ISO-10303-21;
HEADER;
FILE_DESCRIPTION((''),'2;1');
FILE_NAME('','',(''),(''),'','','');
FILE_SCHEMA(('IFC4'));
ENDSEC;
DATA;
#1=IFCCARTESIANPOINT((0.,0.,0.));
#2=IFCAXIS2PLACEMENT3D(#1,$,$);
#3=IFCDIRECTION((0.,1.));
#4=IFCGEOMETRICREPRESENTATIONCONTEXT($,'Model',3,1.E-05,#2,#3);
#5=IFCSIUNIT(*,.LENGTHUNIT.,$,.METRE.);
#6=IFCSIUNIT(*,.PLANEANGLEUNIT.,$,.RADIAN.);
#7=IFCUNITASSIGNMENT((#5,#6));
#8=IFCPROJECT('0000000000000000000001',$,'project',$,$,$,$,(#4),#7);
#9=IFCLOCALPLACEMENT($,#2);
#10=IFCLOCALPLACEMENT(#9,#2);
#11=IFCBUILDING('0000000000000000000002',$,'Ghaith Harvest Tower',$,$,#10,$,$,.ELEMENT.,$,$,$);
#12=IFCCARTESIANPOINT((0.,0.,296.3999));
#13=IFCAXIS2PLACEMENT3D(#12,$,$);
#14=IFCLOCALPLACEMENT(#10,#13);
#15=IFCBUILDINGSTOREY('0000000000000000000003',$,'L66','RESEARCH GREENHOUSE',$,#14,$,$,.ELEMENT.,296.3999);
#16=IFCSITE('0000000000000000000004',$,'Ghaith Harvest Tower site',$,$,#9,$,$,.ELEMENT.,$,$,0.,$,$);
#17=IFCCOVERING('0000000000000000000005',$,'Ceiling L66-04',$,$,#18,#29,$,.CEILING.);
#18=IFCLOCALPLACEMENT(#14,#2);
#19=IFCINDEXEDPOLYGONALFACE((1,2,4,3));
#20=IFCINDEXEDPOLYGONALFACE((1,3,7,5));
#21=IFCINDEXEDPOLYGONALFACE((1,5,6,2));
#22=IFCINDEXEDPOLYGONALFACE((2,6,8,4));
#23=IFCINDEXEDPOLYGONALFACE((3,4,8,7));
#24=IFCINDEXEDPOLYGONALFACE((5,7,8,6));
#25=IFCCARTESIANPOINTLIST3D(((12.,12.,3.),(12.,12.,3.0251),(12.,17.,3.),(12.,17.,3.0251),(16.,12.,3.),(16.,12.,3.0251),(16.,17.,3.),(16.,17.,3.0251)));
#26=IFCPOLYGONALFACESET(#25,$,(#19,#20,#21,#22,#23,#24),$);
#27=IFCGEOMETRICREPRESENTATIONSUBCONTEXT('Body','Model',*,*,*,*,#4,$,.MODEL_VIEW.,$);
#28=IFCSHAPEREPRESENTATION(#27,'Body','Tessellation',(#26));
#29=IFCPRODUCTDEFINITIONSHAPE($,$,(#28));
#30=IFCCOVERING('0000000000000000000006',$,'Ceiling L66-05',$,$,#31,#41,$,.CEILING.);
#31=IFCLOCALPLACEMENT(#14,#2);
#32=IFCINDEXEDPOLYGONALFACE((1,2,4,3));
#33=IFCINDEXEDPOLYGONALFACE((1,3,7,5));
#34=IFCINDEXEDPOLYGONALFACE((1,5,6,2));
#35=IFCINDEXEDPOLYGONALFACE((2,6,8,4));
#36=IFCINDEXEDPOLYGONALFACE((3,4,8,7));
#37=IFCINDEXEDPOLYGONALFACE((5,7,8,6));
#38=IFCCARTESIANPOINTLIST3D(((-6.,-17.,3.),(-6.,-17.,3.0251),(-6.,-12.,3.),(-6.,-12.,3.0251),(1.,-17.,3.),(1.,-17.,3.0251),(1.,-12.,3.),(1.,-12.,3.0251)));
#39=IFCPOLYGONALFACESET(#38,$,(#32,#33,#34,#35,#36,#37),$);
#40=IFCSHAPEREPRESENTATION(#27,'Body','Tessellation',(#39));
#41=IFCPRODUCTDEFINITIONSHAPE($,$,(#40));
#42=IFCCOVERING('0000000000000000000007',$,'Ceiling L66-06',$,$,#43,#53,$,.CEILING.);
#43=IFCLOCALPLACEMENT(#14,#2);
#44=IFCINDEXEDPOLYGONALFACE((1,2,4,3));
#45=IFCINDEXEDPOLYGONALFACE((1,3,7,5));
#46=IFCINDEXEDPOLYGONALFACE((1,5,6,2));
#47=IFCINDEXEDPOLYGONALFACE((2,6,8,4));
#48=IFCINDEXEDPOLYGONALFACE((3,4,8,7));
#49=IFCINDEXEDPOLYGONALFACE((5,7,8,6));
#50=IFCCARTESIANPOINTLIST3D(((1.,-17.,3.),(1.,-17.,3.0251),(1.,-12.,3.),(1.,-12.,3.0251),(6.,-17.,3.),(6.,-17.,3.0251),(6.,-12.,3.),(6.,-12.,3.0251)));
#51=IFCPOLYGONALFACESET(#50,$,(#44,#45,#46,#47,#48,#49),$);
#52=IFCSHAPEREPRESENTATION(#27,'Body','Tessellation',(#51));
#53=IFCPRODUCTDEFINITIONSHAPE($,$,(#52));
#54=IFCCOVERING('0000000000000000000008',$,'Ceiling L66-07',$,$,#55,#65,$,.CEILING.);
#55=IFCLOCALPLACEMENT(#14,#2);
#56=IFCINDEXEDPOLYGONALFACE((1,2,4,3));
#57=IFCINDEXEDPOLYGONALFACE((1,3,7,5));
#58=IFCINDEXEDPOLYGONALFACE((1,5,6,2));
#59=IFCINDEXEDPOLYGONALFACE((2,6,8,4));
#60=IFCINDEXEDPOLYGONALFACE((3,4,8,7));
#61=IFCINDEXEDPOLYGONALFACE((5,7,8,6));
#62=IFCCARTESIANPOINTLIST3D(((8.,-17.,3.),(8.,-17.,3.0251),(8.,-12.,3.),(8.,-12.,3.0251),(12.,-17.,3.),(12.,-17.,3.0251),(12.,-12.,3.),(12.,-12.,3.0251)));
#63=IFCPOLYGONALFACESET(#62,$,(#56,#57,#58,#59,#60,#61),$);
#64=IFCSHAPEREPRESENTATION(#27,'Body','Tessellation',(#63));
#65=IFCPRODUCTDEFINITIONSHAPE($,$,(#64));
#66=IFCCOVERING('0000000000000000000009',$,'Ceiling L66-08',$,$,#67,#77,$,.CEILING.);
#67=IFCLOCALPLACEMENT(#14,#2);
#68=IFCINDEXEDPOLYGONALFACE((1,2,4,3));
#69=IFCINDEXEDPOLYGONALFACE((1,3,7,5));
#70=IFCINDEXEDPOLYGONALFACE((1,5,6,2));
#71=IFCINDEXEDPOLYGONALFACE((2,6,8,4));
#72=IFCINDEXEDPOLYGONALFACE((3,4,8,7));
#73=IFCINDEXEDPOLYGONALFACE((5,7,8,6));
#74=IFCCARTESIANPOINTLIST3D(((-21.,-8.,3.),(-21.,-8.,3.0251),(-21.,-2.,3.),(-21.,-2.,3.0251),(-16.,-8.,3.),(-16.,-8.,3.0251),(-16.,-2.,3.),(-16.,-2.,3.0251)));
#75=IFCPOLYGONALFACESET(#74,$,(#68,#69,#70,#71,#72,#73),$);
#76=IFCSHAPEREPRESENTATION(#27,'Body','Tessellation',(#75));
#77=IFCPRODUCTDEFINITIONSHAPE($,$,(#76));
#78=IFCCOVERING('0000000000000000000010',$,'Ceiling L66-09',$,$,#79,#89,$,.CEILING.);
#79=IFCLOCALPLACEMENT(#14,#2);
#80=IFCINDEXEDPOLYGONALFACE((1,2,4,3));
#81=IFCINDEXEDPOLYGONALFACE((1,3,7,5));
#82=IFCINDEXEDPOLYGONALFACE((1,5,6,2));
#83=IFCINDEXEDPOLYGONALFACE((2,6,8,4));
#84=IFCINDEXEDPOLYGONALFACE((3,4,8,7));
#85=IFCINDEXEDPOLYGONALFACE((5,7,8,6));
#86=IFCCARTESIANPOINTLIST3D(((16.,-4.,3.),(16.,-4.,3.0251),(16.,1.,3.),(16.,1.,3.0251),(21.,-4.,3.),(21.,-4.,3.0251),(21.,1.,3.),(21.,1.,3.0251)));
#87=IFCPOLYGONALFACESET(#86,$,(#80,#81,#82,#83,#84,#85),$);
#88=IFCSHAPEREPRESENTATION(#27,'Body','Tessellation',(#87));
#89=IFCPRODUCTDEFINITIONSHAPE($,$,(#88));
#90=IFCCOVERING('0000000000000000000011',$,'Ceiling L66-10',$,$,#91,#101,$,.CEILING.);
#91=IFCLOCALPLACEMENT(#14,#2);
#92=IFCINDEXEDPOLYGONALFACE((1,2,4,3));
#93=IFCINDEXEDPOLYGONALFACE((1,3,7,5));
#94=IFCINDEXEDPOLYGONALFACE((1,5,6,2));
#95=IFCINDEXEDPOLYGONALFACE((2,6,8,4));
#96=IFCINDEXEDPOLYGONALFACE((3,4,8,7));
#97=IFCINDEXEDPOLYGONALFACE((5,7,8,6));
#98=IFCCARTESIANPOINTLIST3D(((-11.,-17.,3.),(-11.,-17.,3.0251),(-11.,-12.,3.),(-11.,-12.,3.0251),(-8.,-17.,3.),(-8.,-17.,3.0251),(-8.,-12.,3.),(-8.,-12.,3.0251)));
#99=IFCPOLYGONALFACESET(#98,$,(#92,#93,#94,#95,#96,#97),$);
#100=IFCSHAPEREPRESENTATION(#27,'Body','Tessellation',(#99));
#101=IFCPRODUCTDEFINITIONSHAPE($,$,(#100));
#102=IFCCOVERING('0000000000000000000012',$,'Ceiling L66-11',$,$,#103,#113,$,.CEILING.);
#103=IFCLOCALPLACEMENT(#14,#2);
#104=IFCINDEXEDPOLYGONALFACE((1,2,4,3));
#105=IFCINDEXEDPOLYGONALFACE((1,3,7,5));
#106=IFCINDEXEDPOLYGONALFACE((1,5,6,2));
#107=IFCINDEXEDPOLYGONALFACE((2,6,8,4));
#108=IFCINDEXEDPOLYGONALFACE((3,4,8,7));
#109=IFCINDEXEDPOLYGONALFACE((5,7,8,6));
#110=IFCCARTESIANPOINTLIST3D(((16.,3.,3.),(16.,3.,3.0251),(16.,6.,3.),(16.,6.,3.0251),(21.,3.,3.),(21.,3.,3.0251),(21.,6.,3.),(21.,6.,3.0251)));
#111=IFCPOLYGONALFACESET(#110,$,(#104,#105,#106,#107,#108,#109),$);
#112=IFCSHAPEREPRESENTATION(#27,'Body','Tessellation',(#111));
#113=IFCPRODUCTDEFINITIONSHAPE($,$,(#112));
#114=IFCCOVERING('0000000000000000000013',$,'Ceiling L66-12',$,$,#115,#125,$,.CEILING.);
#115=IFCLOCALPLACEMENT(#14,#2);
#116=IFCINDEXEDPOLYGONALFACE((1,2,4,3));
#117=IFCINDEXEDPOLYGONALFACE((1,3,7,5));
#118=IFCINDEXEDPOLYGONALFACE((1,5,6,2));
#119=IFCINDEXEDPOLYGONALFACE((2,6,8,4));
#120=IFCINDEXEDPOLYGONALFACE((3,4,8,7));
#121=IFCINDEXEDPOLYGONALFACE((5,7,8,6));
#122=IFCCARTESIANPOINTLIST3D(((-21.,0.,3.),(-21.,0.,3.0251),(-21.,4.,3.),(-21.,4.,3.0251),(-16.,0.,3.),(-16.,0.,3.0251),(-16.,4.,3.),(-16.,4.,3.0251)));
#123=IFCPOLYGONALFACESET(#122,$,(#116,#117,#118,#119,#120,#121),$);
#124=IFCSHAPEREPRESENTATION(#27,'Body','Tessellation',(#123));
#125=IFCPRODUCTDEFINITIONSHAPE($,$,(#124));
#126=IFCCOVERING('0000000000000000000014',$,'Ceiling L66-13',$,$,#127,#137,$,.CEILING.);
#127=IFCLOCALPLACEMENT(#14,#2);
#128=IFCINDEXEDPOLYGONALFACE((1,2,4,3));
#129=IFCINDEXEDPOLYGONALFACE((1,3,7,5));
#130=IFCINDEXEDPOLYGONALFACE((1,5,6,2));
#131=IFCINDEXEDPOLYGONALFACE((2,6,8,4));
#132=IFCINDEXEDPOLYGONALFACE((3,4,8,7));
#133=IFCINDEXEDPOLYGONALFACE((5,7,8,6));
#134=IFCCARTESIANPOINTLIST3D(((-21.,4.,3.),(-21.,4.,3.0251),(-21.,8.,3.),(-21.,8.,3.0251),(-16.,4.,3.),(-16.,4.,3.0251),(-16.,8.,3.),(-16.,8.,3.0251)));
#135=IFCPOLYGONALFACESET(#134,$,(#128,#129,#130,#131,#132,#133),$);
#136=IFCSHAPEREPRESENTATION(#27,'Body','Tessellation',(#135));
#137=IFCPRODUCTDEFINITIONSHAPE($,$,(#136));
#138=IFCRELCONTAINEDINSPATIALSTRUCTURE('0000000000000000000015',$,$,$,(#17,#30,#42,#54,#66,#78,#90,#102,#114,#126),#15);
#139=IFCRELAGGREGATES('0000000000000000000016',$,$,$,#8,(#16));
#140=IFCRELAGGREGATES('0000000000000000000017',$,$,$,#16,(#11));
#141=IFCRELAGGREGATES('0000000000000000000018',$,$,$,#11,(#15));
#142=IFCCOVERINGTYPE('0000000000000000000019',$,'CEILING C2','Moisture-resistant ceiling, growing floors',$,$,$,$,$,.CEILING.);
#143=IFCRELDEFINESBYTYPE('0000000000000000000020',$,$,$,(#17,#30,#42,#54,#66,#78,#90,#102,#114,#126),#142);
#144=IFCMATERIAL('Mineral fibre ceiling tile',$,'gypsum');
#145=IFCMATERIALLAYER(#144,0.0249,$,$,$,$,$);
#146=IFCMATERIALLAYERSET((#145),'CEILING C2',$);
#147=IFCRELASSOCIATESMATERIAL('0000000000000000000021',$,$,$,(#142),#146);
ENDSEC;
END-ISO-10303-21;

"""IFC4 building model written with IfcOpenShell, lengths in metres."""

from ifc_helpers import new_model, si_unit, direction, frame, origin, place, context, subcontext, project, spatial, polyline, outline, extrude, material, layer, layer_set, type_object, element, save


model = new_model("IFC4")

# Units and contexts
model_context = context("Model", 3, precision=1e-05, world=origin(), true_north=direction((0.0, 1.0)))
body_context = subcontext(model_context, "Body", "Model", "MODEL_VIEW")
ifc_project = project(units=[si_unit("LENGTHUNIT", "METRE"), si_unit("PLANEANGLEUNIT", "RADIAN")], contexts=[model_context])

# Site, building, storey
site_placement = place(None, origin())
site = spatial("IfcSite", under=ifc_project, at=site_placement, Name="Ghaith Harvest Tower site", CompositionType="ELEMENT", RefElevation=0.0)
building_placement = place(site_placement, origin())
building = spatial("IfcBuilding", under=site, at=building_placement, Name="Ghaith Harvest Tower", CompositionType="ELEMENT")
storey_placement = place(building_placement, frame((0.0, 0.0, 296.3999)))
storey = spatial("IfcBuildingStorey", under=building, at=storey_placement, Name="L66", Description="RESEARCH GREENHOUSE", CompositionType="ELEMENT", Elevation=296.3999)

# Coverings
ifc_material_1 = material(Name="Mineral fibre ceiling tile", Category="gypsum")
ifc_layer_1 = layer(ifc_material_1, 0.0249)
ifc_layer_set_1 = layer_set([ifc_layer_1], Name="CEILING C2")
covering_type = type_object("IfcCoveringType", Name="CEILING C2", Description="Moisture-resistant ceiling, growing floors", PredefinedType="CEILING", material=ifc_layer_set_1)
covering_1_placement = place(storey_placement, frame((0.0, 0.0, 3.0)))
element("IfcCovering", 1, at=covering_1_placement, inside=storey, type_object=covering_type, Name="Ceiling L66-04", PredefinedType="CEILING", context=body_context, shape_type="SweptSolid", body=[
    extrude(outline(polyline([(12.0, 12.0), (16.0, 12.0), (16.0, 17.0), (12.0, 17.0), (12.0, 12.0)])), origin(), (0.0, 0.0, 1.0), 0.0251),
])
covering_2_placement = place(storey_placement, frame((0.0, 0.0, 3.0)))
element("IfcCovering", 2, at=covering_2_placement, inside=storey, type_object=covering_type, Name="Ceiling L66-05", PredefinedType="CEILING", context=body_context, shape_type="SweptSolid", body=[
    extrude(outline(polyline([(-6.0, -17.0), (1.0, -17.0), (1.0, -12.0), (-6.0, -12.0), (-6.0, -17.0)])), origin(), (0.0, 0.0, 1.0), 0.0251),
])
covering_3_placement = place(storey_placement, frame((0.0, 0.0, 3.0)))
element("IfcCovering", 3, at=covering_3_placement, inside=storey, type_object=covering_type, Name="Ceiling L66-06", PredefinedType="CEILING", context=body_context, shape_type="SweptSolid", body=[
    extrude(outline(polyline([(1.0, -17.0), (6.0, -17.0), (6.0, -12.0), (1.0, -12.0), (1.0, -17.0)])), origin(), (0.0, 0.0, 1.0), 0.0251),
])
covering_4_placement = place(storey_placement, frame((0.0, 0.0, 3.0)))
element("IfcCovering", 4, at=covering_4_placement, inside=storey, type_object=covering_type, Name="Ceiling L66-07", PredefinedType="CEILING", context=body_context, shape_type="SweptSolid", body=[
    extrude(outline(polyline([(8.0, -17.0), (12.0, -17.0), (12.0, -12.0), (8.0, -12.0), (8.0, -17.0)])), origin(), (0.0, 0.0, 1.0), 0.0251),
])
covering_5_placement = place(storey_placement, frame((0.0, 0.0, 3.0)))
element("IfcCovering", 5, at=covering_5_placement, inside=storey, type_object=covering_type, Name="Ceiling L66-08", PredefinedType="CEILING", context=body_context, shape_type="SweptSolid", body=[
    extrude(outline(polyline([(-21.0, -8.0), (-16.0, -8.0), (-16.0, -2.0), (-21.0, -2.0), (-21.0, -8.0)])), origin(), (0.0, 0.0, 1.0), 0.0251),
])
covering_6_placement = place(storey_placement, frame((0.0, 0.0, 3.0)))
element("IfcCovering", 6, at=covering_6_placement, inside=storey, type_object=covering_type, Name="Ceiling L66-09", PredefinedType="CEILING", context=body_context, shape_type="SweptSolid", body=[
    extrude(outline(polyline([(16.0, -4.0), (21.0, -4.0), (21.0, 1.0), (16.0, 1.0), (16.0, -4.0)])), origin(), (0.0, 0.0, 1.0), 0.0251),
])
covering_7_placement = place(storey_placement, frame((0.0, 0.0, 3.0)))
element("IfcCovering", 7, at=covering_7_placement, inside=storey, type_object=covering_type, Name="Ceiling L66-10", PredefinedType="CEILING", context=body_context, shape_type="SweptSolid", body=[
    extrude(outline(polyline([(-11.0, -17.0), (-8.0, -17.0), (-8.0, -12.0), (-11.0, -12.0), (-11.0, -17.0)])), origin(), (0.0, 0.0, 1.0), 0.0251),
])
covering_8_placement = place(storey_placement, frame((0.0, 0.0, 3.0)))
element("IfcCovering", 8, at=covering_8_placement, inside=storey, type_object=covering_type, Name="Ceiling L66-11", PredefinedType="CEILING", context=body_context, shape_type="SweptSolid", body=[
    extrude(outline(polyline([(16.0, 3.0), (21.0, 3.0), (21.0, 6.0), (16.0, 6.0), (16.0, 3.0)])), origin(), (0.0, 0.0, 1.0), 0.0251),
])
covering_9_placement = place(storey_placement, frame((0.0, 0.0, 3.0)))
element("IfcCovering", 9, at=covering_9_placement, inside=storey, type_object=covering_type, Name="Ceiling L66-12", PredefinedType="CEILING", context=body_context, shape_type="SweptSolid", body=[
    extrude(outline(polyline([(-21.0, 0.0), (-16.0, 0.0), (-16.0, 4.0), (-21.0, 4.0), (-21.0, 0.0)])), origin(), (0.0, 0.0, 1.0), 0.0251),
])
covering_10_placement = place(storey_placement, frame((0.0, 0.0, 3.0)))
element("IfcCovering", 10, at=covering_10_placement, inside=storey, type_object=covering_type, Name="Ceiling L66-13", PredefinedType="CEILING", context=body_context, shape_type="SweptSolid", body=[
    extrude(outline(polyline([(-21.0, 4.0), (-16.0, 4.0), (-16.0, 8.0), (-21.0, 8.0), (-21.0, 4.0)])), origin(), (0.0, 0.0, 1.0), 0.0251),
])

save(model, "model.ifc")
